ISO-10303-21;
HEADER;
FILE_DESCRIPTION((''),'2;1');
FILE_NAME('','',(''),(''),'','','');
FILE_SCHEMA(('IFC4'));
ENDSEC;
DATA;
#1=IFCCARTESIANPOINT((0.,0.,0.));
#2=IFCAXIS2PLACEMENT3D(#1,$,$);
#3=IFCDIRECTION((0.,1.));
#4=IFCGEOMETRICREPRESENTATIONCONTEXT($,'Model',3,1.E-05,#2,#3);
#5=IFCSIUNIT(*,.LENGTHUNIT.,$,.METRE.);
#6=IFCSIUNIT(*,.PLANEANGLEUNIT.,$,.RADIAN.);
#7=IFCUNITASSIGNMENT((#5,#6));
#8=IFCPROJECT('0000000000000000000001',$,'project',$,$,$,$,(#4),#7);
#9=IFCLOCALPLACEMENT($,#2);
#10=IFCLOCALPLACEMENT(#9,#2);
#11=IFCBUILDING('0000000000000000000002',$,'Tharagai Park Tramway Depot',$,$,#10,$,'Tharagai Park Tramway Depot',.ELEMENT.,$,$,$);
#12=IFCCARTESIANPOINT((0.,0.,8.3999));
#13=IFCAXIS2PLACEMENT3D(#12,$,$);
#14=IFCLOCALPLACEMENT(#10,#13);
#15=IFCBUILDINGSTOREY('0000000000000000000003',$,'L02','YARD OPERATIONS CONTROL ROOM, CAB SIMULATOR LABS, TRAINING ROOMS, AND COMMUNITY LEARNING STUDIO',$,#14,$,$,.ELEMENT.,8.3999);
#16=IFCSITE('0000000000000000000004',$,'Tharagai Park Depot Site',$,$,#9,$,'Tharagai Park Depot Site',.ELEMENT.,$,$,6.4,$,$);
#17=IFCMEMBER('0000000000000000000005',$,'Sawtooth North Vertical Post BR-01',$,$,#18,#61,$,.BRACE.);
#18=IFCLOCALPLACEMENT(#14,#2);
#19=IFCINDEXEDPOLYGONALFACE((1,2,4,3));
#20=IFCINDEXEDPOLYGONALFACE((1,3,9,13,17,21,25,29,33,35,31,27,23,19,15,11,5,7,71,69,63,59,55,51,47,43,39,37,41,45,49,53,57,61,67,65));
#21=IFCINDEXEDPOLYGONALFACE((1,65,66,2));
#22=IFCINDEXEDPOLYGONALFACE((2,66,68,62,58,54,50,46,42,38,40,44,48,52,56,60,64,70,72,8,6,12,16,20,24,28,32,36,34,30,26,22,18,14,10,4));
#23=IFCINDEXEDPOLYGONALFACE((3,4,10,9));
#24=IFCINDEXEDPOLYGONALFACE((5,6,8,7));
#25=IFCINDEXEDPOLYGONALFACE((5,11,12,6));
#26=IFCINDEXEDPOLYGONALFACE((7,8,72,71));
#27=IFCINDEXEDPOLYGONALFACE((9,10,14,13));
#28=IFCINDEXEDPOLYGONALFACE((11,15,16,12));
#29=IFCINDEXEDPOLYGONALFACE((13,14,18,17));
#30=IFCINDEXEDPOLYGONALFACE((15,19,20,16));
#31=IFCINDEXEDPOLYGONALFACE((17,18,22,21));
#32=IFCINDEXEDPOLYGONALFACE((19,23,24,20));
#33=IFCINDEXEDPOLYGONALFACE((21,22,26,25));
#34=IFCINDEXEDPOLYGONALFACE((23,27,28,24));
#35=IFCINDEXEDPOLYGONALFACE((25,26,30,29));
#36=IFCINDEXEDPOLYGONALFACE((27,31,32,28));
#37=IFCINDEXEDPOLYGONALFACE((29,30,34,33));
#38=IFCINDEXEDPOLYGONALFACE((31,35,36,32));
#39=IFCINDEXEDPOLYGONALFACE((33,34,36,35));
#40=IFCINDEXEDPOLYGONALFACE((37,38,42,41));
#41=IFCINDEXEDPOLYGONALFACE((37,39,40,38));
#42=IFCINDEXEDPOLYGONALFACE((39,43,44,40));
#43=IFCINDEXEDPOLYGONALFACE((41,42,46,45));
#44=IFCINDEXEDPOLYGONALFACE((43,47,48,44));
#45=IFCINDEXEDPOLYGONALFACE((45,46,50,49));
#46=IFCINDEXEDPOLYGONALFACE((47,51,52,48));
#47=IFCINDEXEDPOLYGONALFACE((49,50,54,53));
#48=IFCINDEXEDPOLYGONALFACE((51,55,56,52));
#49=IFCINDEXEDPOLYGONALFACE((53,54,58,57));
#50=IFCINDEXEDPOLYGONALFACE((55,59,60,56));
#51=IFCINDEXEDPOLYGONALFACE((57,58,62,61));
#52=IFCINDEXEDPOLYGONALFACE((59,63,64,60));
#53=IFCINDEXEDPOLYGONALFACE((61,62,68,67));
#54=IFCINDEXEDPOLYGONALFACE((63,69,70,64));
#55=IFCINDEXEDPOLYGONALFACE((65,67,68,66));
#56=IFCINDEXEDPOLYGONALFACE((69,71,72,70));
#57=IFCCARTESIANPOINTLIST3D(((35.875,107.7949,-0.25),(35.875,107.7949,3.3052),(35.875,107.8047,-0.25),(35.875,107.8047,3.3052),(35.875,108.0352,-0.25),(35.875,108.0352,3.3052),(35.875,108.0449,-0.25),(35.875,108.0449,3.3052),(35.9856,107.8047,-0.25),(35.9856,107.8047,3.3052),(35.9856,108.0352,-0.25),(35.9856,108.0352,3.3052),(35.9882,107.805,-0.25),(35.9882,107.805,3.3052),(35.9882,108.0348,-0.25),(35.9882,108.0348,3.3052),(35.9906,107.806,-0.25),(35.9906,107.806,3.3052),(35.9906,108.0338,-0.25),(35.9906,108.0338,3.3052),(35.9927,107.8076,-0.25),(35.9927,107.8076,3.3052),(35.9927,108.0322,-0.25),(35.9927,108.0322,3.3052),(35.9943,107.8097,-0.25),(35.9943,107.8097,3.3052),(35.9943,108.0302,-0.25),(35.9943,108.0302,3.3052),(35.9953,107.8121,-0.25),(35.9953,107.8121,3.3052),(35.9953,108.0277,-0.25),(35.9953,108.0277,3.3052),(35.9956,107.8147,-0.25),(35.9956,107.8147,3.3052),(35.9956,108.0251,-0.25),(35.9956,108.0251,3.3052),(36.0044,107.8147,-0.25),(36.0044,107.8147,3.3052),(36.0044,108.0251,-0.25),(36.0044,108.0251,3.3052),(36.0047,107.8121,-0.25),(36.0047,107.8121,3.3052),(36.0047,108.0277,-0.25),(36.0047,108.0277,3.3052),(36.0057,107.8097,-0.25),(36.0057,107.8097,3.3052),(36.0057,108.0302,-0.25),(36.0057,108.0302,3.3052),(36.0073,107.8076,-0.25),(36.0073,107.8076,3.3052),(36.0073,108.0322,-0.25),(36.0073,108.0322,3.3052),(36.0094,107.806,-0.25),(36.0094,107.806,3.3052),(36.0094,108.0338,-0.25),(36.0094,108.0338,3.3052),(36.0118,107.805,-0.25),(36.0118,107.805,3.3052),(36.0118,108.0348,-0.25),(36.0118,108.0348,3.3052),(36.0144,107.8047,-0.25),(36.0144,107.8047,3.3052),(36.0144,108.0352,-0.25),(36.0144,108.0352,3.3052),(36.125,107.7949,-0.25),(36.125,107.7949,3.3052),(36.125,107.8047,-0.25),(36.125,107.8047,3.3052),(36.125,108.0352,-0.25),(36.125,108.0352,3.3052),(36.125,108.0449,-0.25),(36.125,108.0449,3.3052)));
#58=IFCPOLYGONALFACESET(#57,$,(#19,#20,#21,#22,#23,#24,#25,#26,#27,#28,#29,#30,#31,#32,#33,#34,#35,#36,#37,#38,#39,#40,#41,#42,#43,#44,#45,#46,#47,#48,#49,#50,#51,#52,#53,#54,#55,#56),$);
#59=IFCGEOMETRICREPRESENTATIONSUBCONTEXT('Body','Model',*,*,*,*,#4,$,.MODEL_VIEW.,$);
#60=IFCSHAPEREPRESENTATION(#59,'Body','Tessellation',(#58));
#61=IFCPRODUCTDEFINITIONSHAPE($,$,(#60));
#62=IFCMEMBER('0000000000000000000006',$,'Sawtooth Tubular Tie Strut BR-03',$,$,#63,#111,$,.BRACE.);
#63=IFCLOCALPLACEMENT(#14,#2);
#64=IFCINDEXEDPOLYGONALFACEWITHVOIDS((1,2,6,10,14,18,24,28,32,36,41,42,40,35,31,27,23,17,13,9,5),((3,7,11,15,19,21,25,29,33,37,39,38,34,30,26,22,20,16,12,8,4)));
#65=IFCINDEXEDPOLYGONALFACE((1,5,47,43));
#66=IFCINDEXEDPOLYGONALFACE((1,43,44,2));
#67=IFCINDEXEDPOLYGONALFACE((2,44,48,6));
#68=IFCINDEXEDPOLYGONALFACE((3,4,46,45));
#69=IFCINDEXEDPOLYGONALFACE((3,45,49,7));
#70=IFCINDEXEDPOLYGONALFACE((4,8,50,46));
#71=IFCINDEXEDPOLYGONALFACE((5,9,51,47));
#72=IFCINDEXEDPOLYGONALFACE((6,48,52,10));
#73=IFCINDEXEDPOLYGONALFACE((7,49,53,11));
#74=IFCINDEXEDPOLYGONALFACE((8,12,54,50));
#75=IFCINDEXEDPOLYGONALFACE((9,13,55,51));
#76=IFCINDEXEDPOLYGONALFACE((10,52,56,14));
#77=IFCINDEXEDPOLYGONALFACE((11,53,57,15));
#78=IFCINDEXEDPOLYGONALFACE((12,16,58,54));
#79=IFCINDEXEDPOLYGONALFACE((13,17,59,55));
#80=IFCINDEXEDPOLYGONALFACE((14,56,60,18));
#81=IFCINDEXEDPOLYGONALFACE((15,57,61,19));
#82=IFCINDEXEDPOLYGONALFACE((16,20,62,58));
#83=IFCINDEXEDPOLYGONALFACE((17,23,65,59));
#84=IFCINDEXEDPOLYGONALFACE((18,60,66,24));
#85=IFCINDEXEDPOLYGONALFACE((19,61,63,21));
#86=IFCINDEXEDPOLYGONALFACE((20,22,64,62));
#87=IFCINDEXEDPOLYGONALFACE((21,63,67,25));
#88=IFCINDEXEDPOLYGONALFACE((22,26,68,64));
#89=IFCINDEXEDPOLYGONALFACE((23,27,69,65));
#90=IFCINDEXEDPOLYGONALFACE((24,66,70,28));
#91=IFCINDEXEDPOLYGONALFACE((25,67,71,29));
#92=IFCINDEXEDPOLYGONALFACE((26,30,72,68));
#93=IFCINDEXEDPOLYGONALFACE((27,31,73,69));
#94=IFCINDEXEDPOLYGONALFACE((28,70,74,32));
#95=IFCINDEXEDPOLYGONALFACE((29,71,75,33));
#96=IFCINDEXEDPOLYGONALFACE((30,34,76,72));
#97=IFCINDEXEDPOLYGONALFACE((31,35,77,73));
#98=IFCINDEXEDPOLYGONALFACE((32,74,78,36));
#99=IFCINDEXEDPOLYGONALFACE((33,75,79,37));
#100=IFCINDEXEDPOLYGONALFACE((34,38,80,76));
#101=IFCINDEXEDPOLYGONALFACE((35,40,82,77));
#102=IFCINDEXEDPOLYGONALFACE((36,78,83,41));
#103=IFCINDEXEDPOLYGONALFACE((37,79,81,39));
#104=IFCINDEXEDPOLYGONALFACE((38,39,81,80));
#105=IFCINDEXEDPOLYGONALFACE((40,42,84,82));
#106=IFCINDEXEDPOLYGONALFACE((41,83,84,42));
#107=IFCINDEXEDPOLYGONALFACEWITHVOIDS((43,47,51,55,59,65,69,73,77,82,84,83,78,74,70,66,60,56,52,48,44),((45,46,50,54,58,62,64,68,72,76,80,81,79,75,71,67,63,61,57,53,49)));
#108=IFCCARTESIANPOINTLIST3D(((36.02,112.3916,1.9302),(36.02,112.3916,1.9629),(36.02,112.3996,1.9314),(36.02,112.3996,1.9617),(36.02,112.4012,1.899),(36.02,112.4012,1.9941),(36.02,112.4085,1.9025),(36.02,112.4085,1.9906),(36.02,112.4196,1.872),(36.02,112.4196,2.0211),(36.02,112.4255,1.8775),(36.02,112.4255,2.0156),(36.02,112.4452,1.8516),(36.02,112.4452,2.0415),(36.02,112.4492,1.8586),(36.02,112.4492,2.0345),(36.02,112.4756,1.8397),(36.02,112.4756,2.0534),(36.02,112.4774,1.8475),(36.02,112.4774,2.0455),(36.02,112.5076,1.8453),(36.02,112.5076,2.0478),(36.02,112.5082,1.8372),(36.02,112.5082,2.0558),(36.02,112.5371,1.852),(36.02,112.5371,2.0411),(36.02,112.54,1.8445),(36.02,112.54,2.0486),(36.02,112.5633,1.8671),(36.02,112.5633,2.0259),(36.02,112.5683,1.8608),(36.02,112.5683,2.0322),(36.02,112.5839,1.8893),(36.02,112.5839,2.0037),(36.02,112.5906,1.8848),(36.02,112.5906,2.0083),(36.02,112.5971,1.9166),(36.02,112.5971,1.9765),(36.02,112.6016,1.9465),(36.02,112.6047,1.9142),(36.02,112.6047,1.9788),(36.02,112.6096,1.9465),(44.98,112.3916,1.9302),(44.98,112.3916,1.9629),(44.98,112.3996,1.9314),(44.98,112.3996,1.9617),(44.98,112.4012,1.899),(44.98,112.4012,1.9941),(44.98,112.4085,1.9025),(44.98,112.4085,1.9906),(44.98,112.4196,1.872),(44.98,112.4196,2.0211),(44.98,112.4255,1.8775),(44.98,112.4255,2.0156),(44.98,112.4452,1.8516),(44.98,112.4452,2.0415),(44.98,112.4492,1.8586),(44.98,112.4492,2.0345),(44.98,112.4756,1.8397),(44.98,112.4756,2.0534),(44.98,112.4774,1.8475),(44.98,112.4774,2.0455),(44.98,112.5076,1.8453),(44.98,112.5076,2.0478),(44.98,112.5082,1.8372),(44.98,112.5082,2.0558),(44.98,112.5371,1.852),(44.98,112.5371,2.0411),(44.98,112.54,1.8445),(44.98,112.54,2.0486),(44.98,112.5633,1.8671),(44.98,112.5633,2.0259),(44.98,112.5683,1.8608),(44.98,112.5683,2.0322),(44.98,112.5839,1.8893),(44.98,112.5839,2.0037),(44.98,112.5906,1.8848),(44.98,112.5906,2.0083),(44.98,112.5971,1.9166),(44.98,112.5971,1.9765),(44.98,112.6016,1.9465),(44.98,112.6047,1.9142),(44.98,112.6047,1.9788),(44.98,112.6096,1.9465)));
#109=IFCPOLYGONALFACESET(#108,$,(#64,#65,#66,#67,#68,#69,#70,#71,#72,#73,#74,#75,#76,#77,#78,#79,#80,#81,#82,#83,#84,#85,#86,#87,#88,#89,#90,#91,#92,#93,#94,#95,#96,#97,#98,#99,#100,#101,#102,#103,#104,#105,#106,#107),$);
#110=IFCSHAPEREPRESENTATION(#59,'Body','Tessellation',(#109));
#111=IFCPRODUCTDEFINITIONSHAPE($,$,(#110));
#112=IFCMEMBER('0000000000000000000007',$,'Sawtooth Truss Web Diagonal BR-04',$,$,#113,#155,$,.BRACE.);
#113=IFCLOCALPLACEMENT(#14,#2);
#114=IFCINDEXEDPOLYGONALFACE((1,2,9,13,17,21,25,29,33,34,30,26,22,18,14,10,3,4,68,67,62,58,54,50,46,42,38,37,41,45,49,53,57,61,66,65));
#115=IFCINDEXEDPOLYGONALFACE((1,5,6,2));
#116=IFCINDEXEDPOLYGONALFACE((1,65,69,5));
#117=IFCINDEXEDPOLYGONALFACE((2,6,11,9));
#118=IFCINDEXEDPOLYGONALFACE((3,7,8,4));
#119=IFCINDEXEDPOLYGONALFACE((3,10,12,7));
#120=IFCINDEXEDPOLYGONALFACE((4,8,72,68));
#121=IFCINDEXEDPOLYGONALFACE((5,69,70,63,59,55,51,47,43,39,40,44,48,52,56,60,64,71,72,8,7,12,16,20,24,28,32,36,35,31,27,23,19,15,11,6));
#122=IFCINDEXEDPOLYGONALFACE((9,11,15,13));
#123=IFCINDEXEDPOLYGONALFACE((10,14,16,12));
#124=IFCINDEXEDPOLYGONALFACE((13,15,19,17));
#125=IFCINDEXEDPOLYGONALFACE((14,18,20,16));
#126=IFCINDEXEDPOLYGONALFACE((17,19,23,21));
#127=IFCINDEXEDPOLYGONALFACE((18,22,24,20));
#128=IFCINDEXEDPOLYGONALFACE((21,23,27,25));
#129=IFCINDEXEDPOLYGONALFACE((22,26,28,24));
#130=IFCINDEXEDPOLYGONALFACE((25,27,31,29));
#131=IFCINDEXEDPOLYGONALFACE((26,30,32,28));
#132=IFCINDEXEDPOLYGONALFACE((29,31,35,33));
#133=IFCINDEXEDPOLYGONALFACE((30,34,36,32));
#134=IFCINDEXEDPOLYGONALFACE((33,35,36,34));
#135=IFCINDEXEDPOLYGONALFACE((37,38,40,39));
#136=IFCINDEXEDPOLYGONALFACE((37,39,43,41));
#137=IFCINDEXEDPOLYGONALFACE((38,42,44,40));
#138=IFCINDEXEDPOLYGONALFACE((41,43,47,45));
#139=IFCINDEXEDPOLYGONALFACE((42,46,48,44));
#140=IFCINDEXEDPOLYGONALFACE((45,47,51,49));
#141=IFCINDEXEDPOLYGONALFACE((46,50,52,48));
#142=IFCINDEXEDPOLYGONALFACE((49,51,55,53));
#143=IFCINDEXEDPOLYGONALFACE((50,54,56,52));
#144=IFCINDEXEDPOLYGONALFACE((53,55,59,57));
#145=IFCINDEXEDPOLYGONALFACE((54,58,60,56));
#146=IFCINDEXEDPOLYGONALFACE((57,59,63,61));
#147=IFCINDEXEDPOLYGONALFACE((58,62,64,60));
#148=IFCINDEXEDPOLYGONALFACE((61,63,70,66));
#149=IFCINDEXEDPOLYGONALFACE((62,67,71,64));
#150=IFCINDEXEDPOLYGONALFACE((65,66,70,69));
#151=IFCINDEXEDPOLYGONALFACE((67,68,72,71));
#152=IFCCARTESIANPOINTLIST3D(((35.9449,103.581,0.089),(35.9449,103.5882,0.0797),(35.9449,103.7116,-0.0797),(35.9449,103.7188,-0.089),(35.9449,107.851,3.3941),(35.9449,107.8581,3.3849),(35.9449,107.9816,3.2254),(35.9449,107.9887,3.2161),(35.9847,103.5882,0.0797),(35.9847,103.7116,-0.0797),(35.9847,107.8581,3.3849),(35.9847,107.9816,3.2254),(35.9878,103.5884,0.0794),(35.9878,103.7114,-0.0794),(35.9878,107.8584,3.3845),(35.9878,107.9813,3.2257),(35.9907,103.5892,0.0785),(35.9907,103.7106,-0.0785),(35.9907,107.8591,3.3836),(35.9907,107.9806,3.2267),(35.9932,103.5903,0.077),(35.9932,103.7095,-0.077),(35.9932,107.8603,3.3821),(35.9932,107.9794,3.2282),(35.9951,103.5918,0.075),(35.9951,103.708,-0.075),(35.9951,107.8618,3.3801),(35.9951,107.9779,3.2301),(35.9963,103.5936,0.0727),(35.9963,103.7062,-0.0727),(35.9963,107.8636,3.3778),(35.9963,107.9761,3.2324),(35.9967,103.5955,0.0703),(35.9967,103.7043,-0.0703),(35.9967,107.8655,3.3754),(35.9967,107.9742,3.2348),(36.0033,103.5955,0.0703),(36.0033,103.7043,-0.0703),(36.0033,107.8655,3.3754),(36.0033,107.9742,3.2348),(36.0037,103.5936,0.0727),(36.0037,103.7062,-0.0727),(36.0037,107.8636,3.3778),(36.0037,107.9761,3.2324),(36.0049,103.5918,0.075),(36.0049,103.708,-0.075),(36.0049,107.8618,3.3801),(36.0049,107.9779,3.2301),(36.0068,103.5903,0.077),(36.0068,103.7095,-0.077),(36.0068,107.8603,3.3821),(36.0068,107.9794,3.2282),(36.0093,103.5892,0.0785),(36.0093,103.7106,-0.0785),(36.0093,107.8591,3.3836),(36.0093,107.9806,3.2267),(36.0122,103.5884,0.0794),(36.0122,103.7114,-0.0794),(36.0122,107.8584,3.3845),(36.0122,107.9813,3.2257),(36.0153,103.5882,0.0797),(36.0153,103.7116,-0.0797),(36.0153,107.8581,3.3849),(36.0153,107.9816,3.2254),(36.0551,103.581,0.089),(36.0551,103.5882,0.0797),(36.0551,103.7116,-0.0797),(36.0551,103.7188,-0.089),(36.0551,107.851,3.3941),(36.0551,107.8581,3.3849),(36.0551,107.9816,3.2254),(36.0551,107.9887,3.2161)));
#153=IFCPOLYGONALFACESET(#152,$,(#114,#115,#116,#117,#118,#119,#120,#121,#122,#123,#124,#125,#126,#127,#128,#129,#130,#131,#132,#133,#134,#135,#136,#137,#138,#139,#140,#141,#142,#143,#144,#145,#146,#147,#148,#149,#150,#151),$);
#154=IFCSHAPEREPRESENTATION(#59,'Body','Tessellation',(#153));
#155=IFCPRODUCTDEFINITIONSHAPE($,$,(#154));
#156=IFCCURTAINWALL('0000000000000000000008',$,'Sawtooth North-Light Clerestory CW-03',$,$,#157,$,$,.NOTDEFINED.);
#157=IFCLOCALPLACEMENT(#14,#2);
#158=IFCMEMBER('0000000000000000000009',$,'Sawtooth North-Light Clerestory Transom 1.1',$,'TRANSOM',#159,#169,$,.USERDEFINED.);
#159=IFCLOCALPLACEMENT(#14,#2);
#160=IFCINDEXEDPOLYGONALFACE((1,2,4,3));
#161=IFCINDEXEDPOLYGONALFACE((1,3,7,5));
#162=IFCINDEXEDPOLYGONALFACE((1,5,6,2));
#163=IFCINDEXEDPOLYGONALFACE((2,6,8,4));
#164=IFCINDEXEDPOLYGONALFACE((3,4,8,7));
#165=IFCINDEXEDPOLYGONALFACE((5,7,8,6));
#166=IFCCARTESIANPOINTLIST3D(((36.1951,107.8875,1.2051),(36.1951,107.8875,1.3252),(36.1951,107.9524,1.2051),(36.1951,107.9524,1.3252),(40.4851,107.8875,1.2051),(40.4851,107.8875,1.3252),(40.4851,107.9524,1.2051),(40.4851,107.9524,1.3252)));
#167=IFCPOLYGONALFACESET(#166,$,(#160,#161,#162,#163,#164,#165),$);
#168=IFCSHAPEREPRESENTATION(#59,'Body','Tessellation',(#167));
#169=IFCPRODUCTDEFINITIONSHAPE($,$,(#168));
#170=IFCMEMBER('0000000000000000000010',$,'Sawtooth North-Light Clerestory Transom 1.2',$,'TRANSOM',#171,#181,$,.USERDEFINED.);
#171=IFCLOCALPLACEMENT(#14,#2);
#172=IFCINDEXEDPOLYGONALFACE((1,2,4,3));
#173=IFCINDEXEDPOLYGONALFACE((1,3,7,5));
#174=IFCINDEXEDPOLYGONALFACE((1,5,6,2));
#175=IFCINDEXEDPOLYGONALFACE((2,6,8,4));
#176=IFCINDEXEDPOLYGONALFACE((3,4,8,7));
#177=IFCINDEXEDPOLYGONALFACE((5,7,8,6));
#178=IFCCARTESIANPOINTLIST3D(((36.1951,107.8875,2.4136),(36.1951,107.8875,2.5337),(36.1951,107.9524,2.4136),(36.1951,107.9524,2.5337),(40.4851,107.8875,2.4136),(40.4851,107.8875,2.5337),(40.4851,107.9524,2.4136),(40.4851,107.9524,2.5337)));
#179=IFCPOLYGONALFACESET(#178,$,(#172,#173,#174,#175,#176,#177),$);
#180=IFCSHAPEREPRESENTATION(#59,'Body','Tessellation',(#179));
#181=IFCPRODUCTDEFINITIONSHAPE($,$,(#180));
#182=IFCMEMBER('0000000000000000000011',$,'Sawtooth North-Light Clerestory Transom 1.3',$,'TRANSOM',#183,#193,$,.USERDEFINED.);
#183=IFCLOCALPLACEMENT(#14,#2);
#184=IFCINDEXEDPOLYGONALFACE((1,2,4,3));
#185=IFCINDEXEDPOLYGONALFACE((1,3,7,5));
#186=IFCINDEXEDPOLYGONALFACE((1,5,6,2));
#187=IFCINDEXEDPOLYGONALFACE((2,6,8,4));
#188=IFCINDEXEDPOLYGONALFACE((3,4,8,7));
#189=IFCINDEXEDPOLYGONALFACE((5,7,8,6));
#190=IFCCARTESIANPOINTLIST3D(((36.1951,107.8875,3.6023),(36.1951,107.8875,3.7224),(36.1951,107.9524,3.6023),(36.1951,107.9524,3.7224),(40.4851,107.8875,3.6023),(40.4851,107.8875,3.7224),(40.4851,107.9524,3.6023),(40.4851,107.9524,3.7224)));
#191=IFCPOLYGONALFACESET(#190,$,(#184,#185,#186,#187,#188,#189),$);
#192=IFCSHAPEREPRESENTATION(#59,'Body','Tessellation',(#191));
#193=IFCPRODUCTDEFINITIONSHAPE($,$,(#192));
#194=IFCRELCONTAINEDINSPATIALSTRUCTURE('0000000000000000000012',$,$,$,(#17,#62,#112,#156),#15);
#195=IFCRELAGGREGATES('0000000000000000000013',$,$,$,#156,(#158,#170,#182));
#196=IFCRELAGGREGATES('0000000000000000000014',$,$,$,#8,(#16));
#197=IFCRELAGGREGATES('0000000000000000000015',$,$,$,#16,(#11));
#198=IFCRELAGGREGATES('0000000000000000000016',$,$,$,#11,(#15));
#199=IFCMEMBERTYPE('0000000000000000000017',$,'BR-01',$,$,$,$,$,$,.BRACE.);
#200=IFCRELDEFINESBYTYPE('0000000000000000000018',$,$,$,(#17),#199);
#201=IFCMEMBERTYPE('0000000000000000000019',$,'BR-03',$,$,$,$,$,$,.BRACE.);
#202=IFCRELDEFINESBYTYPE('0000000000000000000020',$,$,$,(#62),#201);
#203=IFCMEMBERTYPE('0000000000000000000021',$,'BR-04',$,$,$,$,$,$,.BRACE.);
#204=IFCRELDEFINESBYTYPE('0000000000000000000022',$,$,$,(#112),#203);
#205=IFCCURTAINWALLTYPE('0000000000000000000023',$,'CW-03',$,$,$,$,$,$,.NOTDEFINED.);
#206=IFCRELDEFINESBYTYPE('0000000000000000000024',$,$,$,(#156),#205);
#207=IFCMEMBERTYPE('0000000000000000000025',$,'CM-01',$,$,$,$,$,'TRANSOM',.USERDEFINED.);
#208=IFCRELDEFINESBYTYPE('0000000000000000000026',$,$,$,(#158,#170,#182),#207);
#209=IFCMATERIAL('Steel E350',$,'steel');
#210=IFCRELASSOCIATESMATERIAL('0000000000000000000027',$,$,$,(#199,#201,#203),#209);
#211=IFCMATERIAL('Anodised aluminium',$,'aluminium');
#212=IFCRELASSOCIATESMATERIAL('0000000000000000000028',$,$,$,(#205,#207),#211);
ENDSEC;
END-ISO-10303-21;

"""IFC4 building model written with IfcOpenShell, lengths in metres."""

from ifc_helpers import new_model, si_unit, direction, frame, origin, origin_2d, place, context, subcontext, project, spatial, rectangle, hollow_circle, i_section, extrude, material, material_profile, profile_set, type_object, element, aggregate, save


model = new_model("IFC4")

# Units and contexts
model_context = context("Model", 3, precision=1e-05, world=origin(), true_north=direction((0.0, 1.0)))
body_context = subcontext(model_context, "Body", "Model", "MODEL_VIEW")
ifc_project = project(units=[si_unit("LENGTHUNIT", "METRE"), si_unit("PLANEANGLEUNIT", "RADIAN")], contexts=[model_context])

# Site, building, storey
site_placement = place(None, origin())
site = spatial("IfcSite", under=ifc_project, at=site_placement, Name="Tharagai Park Depot Site", LongName="Tharagai Park Depot Site", CompositionType="ELEMENT", RefElevation=6.4)
building_placement = place(site_placement, origin())
building = spatial("IfcBuilding", under=site, at=building_placement, Name="Tharagai Park Tramway Depot", LongName="Tharagai Park Tramway Depot", CompositionType="ELEMENT")
storey_placement = place(building_placement, frame((0.0, 0.0, 8.3999)))
storey = spatial("IfcBuildingStorey", under=building, at=storey_placement, Name="L02", Description="YARD OPERATIONS CONTROL ROOM, CAB SIMULATOR LABS, TRAINING ROOMS, AND COMMUNITY LEARNING STUDIO", CompositionType="ELEMENT", Elevation=8.3999)

# Members
ifc_material_1 = material(Name="Steel E350", Category="steel")
ifc_material_profile_1 = material_profile(ifc_material_1, i_section(OverallWidth=0.25, OverallDepth=0.25, WebThickness=0.0088, FlangeThickness=0.0098, FilletRadius=0.01, at=origin_2d()), Name="ISHB 250")
ifc_profile_set_1 = profile_set([ifc_material_profile_1], Name="Steel E350")
member_type_1 = type_object("IfcMemberType", Name="BR-01", PredefinedType="BRACE", material=ifc_profile_set_1)
member_1_placement = place(storey_placement, frame((36.0, 107.9199, -0.25), z_axis=(0.0, 0.0, 1.0), x_axis=(1.0, 0.0, 0.0)))
element("IfcMember", 1, at=member_1_placement, inside=storey, type_object=member_type_1, Name="Sawtooth North Vertical Post BR-01", PredefinedType="BRACE", context=body_context, shape_type="SweptSolid", body=[
    extrude(i_section(OverallWidth=0.25, OverallDepth=0.25, WebThickness=0.0088, FlangeThickness=0.0098, FilletRadius=0.01, at=origin_2d()), origin(), (0.0, 0.0, 1.0), 3.5552),
])
ifc_material_profile_2 = material_profile(ifc_material_1, hollow_circle(Radius=0.1096, WallThickness=0.0081, at=origin_2d()), Name="CHS 219.1x8")
ifc_profile_set_2 = profile_set([ifc_material_profile_2], Name="Steel E350")
member_type_2 = type_object("IfcMemberType", Name="BR-03", PredefinedType="BRACE", material=ifc_profile_set_2)
member_2_placement = place(storey_placement, frame((36.02, 112.5, 1.9465), z_axis=(1.0, 0.0, 0.0), x_axis=(0.0, 1.0, 0.0)))
element("IfcMember", 2, at=member_2_placement, inside=storey, type_object=member_type_2, Name="Sawtooth Tubular Tie Strut BR-03", PredefinedType="BRACE", context=body_context, shape_type="SweptSolid", body=[
    extrude(hollow_circle(Radius=0.1096, WallThickness=0.0081, at=origin_2d()), origin(), (0.0, 0.0, 1.0), 8.96),
])
ifc_material_profile_3 = material_profile(ifc_material_1, i_section(OverallWidth=0.1101, OverallDepth=0.2251, WebThickness=0.0066, FlangeThickness=0.0117, FilletRadius=0.012, at=origin_2d()), Name="ISMB 225")
ifc_profile_set_3 = profile_set([ifc_material_profile_3], Name="Steel E350")
member_type_3 = type_object("IfcMemberType", Name="BR-04", PredefinedType="BRACE", material=ifc_profile_set_3)
member_3_placement = place(storey_placement, frame((36.0, 103.6499, 0.0), z_axis=(0.0, 0.790782, 0.612098), x_axis=(-1.0, 0.0, 0.0)))
element("IfcMember", 3, at=member_3_placement, inside=storey, type_object=member_type_3, Name="Sawtooth Truss Web Diagonal BR-04", PredefinedType="BRACE", context=body_context, shape_type="SweptSolid", body=[
    extrude(i_section(OverallWidth=0.1101, OverallDepth=0.2251, WebThickness=0.0066, FlangeThickness=0.0117, FilletRadius=0.012, at=origin_2d()), origin(), (0.0, 0.0, 1.0), 5.3997),
])

# Curtain wall, members
ifc_material_2 = material(Name="Anodised aluminium", Category="aluminium")
curtain_wall_type = type_object("IfcCurtainWallType", Name="CW-03", PredefinedType="NOTDEFINED", material=ifc_material_2)
curtain_wall_placement = place(storey_placement, origin())
curtain_wall = element("IfcCurtainWall", 4, at=curtain_wall_placement, inside=storey, type_object=curtain_wall_type, Name="Sawtooth North-Light Clerestory CW-03", PredefinedType="NOTDEFINED")
ifc_material_profile_4 = material_profile(ifc_material_2, rectangle(XDim=0.0649, YDim=0.1201, at=origin_2d()), Name="ALU 65x120")
ifc_profile_set_4 = profile_set([ifc_material_profile_4], Name="Anodised aluminium")
member_type_4 = type_object("IfcMemberType", Name="CM-01", ElementType="TRANSOM", PredefinedType="USERDEFINED", material=ifc_profile_set_4)
member_4_placement = place(storey_placement, frame((36.1951, 107.9199, 1.2651), z_axis=(1.0, 0.0, 0.0), x_axis=(0.0, 1.0, 0.0)))
member_4 = element("IfcMember", 5, at=member_4_placement, type_object=member_type_4, Name="Sawtooth North-Light Clerestory Transom 1.1", ObjectType="TRANSOM", PredefinedType="USERDEFINED", context=body_context, shape_type="SweptSolid", body=[
    extrude(rectangle(XDim=0.0649, YDim=0.1201, at=origin_2d()), origin(), (0.0, 0.0, 1.0), 4.29),
])
member_5_placement = place(storey_placement, frame((36.1951, 107.9199, 2.4736), z_axis=(1.0, 0.0, 0.0), x_axis=(0.0, 1.0, 0.0)))
member_5 = element("IfcMember", 6, at=member_5_placement, type_object=member_type_4, Name="Sawtooth North-Light Clerestory Transom 1.2", ObjectType="TRANSOM", PredefinedType="USERDEFINED", context=body_context, shape_type="SweptSolid", body=[
    extrude(rectangle(XDim=0.0649, YDim=0.1201, at=origin_2d()), origin(), (0.0, 0.0, 1.0), 4.29),
])
member_6_placement = place(storey_placement, frame((36.1951, 107.9199, 3.6624), z_axis=(1.0, 0.0, 0.0), x_axis=(0.0, 1.0, 0.0)))
member_6 = element("IfcMember", 7, at=member_6_placement, type_object=member_type_4, Name="Sawtooth North-Light Clerestory Transom 1.3", ObjectType="TRANSOM", PredefinedType="USERDEFINED", context=body_context, shape_type="SweptSolid", body=[
    extrude(rectangle(XDim=0.0649, YDim=0.1201, at=origin_2d()), origin(), (0.0, 0.0, 1.0), 4.29),
])

aggregate(curtain_wall, [member_4, member_5, member_6])

save(model, "model.ifc")
